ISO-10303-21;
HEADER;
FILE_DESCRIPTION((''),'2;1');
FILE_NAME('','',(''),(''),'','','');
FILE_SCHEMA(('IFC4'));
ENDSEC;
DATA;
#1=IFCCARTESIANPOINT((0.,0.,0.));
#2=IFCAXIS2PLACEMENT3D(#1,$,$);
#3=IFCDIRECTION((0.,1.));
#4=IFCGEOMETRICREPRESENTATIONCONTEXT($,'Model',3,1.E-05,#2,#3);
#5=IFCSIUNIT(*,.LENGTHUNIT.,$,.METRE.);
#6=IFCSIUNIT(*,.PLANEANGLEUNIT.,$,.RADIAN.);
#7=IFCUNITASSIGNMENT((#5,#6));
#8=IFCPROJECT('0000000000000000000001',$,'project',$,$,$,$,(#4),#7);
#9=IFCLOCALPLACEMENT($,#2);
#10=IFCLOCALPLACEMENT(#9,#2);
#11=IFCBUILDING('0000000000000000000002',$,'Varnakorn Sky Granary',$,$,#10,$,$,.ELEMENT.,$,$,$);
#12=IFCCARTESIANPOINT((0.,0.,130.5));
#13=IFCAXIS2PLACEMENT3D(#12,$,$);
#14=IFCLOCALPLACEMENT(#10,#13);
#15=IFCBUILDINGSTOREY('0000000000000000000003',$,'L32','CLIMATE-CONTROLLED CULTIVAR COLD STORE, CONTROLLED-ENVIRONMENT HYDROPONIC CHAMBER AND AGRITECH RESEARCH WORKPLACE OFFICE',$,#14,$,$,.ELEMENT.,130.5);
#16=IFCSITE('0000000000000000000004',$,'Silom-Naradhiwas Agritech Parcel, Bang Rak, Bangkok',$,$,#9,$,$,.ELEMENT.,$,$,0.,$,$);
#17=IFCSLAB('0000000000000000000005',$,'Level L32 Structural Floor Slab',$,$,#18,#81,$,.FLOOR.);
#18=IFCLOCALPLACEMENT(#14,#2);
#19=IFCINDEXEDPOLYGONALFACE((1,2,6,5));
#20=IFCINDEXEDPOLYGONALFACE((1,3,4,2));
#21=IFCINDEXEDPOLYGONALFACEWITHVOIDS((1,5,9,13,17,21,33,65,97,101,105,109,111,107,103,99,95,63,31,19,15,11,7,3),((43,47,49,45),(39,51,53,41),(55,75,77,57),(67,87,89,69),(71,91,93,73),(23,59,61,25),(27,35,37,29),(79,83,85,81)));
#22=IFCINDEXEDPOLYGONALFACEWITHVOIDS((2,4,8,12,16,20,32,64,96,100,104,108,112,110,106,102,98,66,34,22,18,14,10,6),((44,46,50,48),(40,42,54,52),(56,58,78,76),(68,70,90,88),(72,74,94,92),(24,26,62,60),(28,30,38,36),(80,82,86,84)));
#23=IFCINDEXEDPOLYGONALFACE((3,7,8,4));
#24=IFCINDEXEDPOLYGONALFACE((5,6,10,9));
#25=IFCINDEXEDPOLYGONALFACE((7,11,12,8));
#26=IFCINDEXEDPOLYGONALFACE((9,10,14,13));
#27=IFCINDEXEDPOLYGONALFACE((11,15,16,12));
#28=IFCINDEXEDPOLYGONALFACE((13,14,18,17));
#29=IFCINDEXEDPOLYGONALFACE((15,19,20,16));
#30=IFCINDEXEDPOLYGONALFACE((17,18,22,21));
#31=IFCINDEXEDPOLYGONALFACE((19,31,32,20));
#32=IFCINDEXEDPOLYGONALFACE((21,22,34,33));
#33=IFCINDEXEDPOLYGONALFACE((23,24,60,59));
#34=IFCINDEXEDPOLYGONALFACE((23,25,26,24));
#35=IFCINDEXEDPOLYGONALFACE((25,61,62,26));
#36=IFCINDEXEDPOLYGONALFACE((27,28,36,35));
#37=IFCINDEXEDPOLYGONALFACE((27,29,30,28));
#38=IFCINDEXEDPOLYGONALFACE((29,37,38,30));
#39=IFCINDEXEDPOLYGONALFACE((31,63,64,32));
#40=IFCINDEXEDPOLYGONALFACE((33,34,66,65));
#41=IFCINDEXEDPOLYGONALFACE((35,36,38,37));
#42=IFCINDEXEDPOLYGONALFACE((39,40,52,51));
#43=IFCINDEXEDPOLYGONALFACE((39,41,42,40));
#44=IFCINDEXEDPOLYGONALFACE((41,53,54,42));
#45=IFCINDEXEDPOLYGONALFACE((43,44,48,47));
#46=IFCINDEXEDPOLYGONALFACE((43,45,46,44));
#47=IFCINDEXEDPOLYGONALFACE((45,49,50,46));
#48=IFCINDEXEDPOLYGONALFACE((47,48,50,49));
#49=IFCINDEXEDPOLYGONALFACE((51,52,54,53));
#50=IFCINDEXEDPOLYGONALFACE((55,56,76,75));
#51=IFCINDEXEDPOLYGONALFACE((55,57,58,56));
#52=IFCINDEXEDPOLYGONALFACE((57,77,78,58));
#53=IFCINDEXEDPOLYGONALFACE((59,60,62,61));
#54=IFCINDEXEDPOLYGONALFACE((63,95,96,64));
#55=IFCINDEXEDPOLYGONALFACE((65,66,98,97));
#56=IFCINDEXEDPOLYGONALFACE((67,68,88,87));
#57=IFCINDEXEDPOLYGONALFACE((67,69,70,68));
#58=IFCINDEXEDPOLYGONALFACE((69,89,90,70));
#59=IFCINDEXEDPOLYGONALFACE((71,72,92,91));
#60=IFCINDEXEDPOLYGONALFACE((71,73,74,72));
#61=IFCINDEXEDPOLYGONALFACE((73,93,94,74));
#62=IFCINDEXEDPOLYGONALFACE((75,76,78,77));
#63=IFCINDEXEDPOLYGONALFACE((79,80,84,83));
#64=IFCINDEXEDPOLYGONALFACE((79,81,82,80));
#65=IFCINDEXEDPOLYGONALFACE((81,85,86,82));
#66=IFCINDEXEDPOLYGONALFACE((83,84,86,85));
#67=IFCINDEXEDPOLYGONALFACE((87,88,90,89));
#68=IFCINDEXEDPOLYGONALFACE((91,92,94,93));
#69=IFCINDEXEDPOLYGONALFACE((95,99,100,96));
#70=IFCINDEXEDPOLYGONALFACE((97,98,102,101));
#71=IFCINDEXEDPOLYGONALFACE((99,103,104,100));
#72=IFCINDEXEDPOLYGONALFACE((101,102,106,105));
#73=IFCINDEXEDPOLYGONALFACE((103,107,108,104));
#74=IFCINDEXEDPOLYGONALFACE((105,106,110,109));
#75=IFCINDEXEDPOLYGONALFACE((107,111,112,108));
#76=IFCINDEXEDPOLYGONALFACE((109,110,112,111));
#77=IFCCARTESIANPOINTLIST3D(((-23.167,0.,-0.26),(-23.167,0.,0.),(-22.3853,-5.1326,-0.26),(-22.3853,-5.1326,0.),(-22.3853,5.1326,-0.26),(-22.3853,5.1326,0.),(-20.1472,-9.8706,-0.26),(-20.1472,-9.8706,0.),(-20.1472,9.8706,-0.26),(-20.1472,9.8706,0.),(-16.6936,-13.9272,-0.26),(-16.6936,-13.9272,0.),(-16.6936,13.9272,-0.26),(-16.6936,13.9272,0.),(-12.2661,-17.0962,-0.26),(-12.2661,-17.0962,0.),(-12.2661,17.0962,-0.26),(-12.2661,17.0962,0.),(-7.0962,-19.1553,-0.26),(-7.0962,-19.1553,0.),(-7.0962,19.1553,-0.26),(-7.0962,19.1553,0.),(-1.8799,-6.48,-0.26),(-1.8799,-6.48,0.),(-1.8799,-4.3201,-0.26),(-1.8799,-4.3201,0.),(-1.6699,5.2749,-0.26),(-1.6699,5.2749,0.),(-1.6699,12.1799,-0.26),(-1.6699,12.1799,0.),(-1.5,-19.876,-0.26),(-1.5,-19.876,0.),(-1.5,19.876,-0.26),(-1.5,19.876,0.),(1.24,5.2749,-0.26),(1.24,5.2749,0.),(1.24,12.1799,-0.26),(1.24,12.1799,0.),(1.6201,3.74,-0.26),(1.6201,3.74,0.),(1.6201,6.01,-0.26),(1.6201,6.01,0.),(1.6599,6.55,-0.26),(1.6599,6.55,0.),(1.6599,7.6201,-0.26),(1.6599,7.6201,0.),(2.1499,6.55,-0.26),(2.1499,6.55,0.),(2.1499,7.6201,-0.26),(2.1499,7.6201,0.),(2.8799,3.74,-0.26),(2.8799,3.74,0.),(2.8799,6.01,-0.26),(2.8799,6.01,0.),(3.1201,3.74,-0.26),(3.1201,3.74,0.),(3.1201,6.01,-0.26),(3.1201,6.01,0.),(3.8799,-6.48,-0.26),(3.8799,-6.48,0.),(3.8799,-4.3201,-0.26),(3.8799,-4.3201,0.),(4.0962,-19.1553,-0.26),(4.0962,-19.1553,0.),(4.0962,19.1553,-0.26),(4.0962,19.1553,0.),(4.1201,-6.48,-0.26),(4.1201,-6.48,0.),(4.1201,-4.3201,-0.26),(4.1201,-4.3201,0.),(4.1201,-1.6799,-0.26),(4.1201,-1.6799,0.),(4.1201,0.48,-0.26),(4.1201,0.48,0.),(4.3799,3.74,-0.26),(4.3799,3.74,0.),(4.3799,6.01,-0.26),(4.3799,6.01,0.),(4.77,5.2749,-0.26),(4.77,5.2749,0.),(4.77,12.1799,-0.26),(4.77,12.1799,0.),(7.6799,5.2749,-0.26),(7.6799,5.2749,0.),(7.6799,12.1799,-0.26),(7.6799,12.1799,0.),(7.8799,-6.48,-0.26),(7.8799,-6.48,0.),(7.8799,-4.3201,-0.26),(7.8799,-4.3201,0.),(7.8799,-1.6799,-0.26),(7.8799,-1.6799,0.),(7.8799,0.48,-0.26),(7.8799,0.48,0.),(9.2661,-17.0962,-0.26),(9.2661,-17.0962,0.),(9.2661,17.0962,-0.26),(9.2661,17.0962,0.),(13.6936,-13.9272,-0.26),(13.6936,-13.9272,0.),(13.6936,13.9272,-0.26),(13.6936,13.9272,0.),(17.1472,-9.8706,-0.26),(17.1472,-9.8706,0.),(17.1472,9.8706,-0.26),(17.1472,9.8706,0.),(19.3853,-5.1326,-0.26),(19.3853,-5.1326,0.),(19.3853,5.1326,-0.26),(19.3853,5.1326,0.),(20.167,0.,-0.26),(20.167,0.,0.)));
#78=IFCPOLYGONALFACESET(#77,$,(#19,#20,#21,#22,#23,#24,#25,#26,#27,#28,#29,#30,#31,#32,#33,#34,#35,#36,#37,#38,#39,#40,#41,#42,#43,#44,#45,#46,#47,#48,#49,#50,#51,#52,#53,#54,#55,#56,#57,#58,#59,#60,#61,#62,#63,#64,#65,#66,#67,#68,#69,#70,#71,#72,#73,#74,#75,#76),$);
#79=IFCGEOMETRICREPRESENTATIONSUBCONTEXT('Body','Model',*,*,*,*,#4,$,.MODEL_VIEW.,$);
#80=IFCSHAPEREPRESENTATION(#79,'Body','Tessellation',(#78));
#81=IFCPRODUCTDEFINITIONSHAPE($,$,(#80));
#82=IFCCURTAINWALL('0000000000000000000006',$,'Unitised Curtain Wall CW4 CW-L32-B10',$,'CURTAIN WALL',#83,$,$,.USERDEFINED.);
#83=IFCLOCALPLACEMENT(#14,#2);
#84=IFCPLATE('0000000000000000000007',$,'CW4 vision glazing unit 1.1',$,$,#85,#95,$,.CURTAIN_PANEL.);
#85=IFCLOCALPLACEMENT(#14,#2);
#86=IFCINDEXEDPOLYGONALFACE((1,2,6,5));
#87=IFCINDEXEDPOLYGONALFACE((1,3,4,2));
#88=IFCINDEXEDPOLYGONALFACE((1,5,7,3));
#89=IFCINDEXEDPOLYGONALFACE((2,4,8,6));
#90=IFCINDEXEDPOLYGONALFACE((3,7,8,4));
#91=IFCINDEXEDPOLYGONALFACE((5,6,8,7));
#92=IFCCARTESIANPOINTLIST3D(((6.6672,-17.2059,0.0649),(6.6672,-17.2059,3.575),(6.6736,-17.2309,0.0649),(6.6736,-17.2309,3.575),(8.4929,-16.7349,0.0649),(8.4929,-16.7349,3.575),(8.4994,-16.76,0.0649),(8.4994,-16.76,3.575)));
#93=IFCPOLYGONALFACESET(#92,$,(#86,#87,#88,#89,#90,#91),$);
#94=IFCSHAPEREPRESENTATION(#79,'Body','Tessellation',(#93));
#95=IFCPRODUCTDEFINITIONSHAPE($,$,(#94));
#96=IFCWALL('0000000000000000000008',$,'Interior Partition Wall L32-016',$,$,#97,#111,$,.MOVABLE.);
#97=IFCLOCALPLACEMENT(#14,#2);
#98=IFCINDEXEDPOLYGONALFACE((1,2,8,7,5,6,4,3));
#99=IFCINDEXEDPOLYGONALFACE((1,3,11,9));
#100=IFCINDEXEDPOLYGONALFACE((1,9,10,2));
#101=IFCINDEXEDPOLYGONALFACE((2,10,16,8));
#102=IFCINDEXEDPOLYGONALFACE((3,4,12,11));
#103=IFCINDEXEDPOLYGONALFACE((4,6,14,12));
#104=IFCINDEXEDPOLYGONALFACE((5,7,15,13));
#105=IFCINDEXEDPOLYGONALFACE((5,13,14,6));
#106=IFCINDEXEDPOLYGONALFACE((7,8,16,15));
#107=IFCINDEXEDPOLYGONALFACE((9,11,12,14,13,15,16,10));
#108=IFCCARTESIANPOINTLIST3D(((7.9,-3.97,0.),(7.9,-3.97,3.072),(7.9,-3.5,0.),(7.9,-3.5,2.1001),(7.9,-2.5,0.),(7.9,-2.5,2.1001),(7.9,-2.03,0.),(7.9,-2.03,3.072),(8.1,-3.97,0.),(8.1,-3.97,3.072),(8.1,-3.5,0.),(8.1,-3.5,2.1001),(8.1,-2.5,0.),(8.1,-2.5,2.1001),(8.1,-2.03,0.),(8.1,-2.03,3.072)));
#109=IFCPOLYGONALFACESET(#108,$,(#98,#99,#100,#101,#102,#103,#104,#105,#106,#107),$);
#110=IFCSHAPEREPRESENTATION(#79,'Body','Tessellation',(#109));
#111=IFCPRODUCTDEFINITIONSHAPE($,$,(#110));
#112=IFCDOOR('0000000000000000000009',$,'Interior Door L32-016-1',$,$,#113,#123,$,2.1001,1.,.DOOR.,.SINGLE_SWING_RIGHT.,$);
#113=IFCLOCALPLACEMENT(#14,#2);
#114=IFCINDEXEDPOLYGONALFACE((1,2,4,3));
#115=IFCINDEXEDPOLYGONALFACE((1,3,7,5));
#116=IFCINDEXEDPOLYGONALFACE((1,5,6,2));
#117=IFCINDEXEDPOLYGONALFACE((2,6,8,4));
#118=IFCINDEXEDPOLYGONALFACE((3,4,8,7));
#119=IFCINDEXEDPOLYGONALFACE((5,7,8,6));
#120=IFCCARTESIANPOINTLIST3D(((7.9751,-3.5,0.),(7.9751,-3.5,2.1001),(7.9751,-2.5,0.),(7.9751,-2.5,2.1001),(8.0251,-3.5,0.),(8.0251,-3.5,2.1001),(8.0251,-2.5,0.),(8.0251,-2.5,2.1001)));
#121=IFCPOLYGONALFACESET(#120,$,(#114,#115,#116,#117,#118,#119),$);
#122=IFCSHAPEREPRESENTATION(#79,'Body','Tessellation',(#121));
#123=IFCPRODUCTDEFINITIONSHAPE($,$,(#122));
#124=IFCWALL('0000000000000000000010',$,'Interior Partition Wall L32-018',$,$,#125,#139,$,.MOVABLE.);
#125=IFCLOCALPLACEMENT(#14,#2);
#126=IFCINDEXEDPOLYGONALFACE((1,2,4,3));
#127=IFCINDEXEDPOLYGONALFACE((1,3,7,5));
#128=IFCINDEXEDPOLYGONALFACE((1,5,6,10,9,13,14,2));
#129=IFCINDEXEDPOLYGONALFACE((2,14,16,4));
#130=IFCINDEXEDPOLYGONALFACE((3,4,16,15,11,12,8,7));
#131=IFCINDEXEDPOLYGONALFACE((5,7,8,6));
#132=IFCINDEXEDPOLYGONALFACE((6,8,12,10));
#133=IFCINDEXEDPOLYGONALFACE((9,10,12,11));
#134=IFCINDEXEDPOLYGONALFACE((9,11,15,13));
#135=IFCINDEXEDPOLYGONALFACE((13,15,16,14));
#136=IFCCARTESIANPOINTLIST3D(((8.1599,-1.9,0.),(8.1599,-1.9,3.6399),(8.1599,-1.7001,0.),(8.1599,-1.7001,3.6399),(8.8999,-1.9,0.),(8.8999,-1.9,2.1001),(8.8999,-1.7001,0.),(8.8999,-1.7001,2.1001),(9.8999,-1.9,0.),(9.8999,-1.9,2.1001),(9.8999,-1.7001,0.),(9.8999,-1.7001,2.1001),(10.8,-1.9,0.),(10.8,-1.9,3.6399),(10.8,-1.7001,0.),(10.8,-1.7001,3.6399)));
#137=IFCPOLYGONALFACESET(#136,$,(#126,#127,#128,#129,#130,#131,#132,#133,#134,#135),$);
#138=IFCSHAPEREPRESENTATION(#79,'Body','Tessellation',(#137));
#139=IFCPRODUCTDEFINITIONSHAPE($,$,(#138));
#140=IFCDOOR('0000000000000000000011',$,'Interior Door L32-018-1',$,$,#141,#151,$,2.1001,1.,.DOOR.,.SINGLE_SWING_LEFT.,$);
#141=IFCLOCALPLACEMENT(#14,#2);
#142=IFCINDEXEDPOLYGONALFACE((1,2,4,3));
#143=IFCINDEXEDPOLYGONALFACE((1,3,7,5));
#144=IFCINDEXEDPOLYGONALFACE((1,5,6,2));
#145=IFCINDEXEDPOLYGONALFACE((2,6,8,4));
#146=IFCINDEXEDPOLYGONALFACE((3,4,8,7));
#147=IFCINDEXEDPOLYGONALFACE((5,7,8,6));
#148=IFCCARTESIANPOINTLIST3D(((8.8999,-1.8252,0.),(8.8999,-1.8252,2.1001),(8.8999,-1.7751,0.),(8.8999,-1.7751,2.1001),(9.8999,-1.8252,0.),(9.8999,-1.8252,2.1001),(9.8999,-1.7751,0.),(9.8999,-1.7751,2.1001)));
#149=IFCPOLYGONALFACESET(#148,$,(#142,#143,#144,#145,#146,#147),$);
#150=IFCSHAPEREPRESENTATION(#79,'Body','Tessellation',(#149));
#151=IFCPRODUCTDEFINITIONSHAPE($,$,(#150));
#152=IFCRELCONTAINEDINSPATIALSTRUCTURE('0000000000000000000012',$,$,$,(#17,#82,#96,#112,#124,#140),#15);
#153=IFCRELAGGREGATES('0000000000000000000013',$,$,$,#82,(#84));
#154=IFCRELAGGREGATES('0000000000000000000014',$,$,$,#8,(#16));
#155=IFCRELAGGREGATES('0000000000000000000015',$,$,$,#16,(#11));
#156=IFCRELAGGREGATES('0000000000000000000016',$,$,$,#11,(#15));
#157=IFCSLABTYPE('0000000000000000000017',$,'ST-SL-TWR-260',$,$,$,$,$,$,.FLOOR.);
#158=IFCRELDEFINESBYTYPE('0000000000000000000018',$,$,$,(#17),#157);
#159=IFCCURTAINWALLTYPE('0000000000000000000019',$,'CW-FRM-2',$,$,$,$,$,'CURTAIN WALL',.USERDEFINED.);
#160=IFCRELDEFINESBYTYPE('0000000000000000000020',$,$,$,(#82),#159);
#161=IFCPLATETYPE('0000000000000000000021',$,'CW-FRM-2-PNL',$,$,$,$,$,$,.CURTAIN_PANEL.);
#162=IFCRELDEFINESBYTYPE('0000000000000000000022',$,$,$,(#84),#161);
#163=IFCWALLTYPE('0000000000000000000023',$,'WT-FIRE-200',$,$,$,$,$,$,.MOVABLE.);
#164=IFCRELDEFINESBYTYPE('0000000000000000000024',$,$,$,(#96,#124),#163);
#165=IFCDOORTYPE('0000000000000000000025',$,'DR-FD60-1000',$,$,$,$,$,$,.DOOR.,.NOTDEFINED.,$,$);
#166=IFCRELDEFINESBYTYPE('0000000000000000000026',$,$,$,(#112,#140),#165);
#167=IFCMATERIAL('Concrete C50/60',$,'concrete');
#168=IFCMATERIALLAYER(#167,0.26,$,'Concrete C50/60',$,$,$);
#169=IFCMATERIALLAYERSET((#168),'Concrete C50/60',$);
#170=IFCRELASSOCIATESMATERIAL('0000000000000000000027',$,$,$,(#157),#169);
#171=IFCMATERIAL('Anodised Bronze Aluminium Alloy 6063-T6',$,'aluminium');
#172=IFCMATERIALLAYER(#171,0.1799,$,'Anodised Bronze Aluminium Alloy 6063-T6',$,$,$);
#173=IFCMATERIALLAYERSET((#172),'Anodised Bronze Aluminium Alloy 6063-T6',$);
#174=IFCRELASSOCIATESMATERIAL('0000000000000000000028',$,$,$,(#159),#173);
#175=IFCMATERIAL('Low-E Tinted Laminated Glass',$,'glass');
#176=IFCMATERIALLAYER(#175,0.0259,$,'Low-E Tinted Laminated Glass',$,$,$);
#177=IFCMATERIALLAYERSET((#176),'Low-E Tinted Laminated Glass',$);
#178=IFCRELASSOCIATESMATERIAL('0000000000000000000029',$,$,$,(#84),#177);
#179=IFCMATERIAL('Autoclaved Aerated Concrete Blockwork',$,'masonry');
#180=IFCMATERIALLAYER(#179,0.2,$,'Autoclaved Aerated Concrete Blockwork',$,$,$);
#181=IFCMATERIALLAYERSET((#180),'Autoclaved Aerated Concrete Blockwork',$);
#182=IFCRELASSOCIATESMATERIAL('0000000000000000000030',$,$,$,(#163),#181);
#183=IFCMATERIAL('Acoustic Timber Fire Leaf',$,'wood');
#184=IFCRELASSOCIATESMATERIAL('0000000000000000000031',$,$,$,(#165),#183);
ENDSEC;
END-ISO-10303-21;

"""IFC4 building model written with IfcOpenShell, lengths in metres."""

from ifc_helpers import new_model, si_unit, direction, frame, frame_2d, origin, origin_2d, place, context, subcontext, project, spatial, polyline, rectangle, outline, extrude, source, transform, mapped, material, layer, layer_set, type_object, type_shapes, element, fill, aggregate, save


model = new_model("IFC4")

# Units and contexts
model_context = context("Model", 3, precision=1e-05, world=origin(), true_north=direction((0.0, 1.0)))
body_context = subcontext(model_context, "Body", "Model", "MODEL_VIEW")
ifc_project = project(units=[si_unit("LENGTHUNIT", "METRE"), si_unit("PLANEANGLEUNIT", "RADIAN")], contexts=[model_context])

# Site, building, storey
site_placement = place(None, origin())
site = spatial("IfcSite", under=ifc_project, at=site_placement, Name="Silom-Naradhiwas Agritech Parcel, Bang Rak, Bangkok", CompositionType="ELEMENT", RefElevation=0.0)
building_placement = place(site_placement, origin())
building = spatial("IfcBuilding", under=site, at=building_placement, Name="Varnakorn Sky Granary", CompositionType="ELEMENT")
storey_placement = place(building_placement, frame((0.0, 0.0, 130.5)))
storey = spatial("IfcBuildingStorey", under=building, at=storey_placement, Name="L32", Description="CLIMATE-CONTROLLED CULTIVAR COLD STORE, CONTROLLED-ENVIRONMENT HYDROPONIC CHAMBER AND AGRITECH RESEARCH WORKPLACE OFFICE", CompositionType="ELEMENT", Elevation=130.5)

# Shared definitions
ifc_material_1 = material(Name="Concrete C50/60", Category="concrete")

# Slab
ifc_layer_1 = layer(ifc_material_1, 0.26, Name="Concrete C50/60")
ifc_layer_set_1 = layer_set([ifc_layer_1], Name="Concrete C50/60")
slab_type_1 = type_object("IfcSlabType", Name="ST-SL-TWR-260", PredefinedType="FLOOR", material=ifc_layer_set_1)
slab_1_placement = place(storey_placement, frame((0.0, 0.0, -0.26)))
element("IfcSlab", 1, at=slab_1_placement, inside=storey, type_object=slab_type_1, Name="Level L32 Structural Floor Slab", PredefinedType="FLOOR", context=body_context, shape_type="SweptSolid", body=[
    extrude(outline(polyline([(20.167, 0.0), (19.3853, 5.1326), (17.1472, 9.8706), (13.6936, 13.9272), (9.2661, 17.0962), (4.0962, 19.1553), (-1.5, 19.876), (-7.0962, 19.1553), (-12.2661, 17.0962), (-16.6936, 13.9272), (-20.1472, 9.8706), (-22.3853, 5.1326), (-23.167, 0.0), (-22.3853, -5.1326), (-20.1472, -9.8706), (-16.6936, -13.9272), (-12.2661, -17.0962), (-7.0962, -19.1553), (-1.5, -19.876), (4.0962, -19.1553), (9.2661, -17.0962), (13.6936, -13.9272), (17.1472, -9.8706), (19.3853, -5.1326), (20.167, 0.0)]), holes=[polyline([(1.24, 5.2749), (1.24, 12.1799), (-1.6699, 12.1799), (-1.6699, 5.2749), (1.24, 5.2749)]), polyline([(7.6799, 5.2749), (7.6799, 12.1799), (4.77, 12.1799), (4.77, 5.2749), (7.6799, 5.2749)]), polyline([(1.6599, 6.55), (2.1499, 6.55), (2.1499, 7.6201), (1.6599, 7.6201), (1.6599, 6.55)]), polyline([(1.6201, 3.74), (2.8799, 3.74), (2.8799, 6.01), (1.6201, 6.01), (1.6201, 3.74)]), polyline([(3.1201, 3.74), (4.3799, 3.74), (4.3799, 6.01), (3.1201, 6.01), (3.1201, 3.74)]), polyline([(4.1201, -1.6799), (7.8799, -1.6799), (7.8799, 0.48), (4.1201, 0.48), (4.1201, -1.6799)]), polyline([(-1.8799, -6.48), (3.8799, -6.48), (3.8799, -4.3201), (-1.8799, -4.3201), (-1.8799, -6.48)]), polyline([(4.1201, -6.48), (7.8799, -6.48), (7.8799, -4.3201), (4.1201, -4.3201), (4.1201, -6.48)])]), origin(), (0.0, 0.0, 1.0), 0.26),
])

# Curtain wall, plate
ifc_material_2 = material(Name="Anodised Bronze Aluminium Alloy 6063-T6", Category="aluminium")
ifc_layer_2 = layer(ifc_material_2, 0.1799, Name="Anodised Bronze Aluminium Alloy 6063-T6")
ifc_layer_set_2 = layer_set([ifc_layer_2], Name="Anodised Bronze Aluminium Alloy 6063-T6")
curtain_wall_type = type_object("IfcCurtainWallType", Name="CW-FRM-2", ElementType="CURTAIN WALL", PredefinedType="USERDEFINED", material=ifc_layer_set_2)
curtain_wall_placement = place(storey_placement, origin())
curtain_wall = element("IfcCurtainWall", 2, at=curtain_wall_placement, inside=storey, type_object=curtain_wall_type, Name="Unitised Curtain Wall CW4 CW-L32-B10", ObjectType="CURTAIN WALL", PredefinedType="USERDEFINED")
ifc_material_3 = material(Name="Low-E Tinted Laminated Glass", Category="glass")
ifc_layer_3 = layer(ifc_material_3, 0.0259, Name="Low-E Tinted Laminated Glass")
ifc_layer_set_3 = layer_set([ifc_layer_3], Name="Low-E Tinted Laminated Glass")
plate_type = type_object("IfcPlateType", Name="CW-FRM-2-PNL", PredefinedType="CURTAIN_PANEL")
shared_shape = source(origin(), body_context, "Body", "SweptSolid", [
    extrude(rectangle(XDim=1.8855, YDim=0.0259, at=origin_2d()), origin(), (0.0, 0.0, 1.0), 3.51),
])
type_shapes(plate_type, [shared_shape])
plate_placement = place(storey_placement, frame((7.5833, -16.9829, 0.0649), z_axis=(0.0, 0.0, 1.0), x_axis=(-0.968303, -0.249777, 0.0)))
plate = element("IfcPlate", 3, at=plate_placement, type_object=plate_type, material=ifc_layer_set_3, Name="CW4 vision glazing unit 1.1", PredefinedType="CURTAIN_PANEL", context=body_context, shape_type="MappedRepresentation", body=[
    mapped(shared_shape, transform((0.0, 0.0, 0.0), x_axis=(1.0, 0.0, 0.0), y_axis=(0.0, 1.0, 0.0), z_axis=(0.0, 0.0, 1.0), scale=1.0)),
])
aggregate(curtain_wall, [plate])

# Walls, openings, doors
ifc_material_4 = material(Name="Autoclaved Aerated Concrete Blockwork", Category="masonry")
ifc_layer_4 = layer(ifc_material_4, 0.2, Name="Autoclaved Aerated Concrete Blockwork")
ifc_layer_set_4 = layer_set([ifc_layer_4], Name="Autoclaved Aerated Concrete Blockwork")
wall_type_1 = type_object("IfcWallType", Name="WT-FIRE-200", PredefinedType="MOVABLE", material=ifc_layer_set_4)
wall_1_placement = place(storey_placement, frame((8.0, -3.97, 0.0), z_axis=(0.0, 0.0, 1.0), x_axis=(0.0, 1.0, 0.0)))
wall_1 = element("IfcWall", 4, at=wall_1_placement, inside=storey, type_object=wall_type_1, Name="Interior Partition Wall L32-016", PredefinedType="MOVABLE", context=body_context, shape_type="SweptSolid", body=[
    extrude(rectangle(XDim=1.9399, YDim=0.2, at=frame_2d((0.97, 0.0))), origin(), (0.0, 0.0, 1.0), 3.072),
])
opening_1_placement = place(wall_1_placement, frame((0.47, 0.0, 0.0)))
opening_1 = element("IfcOpeningElement", 5, at=opening_1_placement, cuts=wall_1, PredefinedType="OPENING", context=body_context, shape_type="SweptSolid", body=[
    extrude(rectangle(XDim=1.0, YDim=2.1001, at=frame_2d((0.5, 1.05))), frame((0.0, 0.1099, 0.0), z_axis=(0.0, -1.0, 0.0), x_axis=(1.0, 0.0, 0.0)), (0.0, 0.0, 1.0), 0.22),
])
ifc_material_5 = material(Name="Acoustic Timber Fire Leaf", Category="wood")
door_type_1 = type_object("IfcDoorType", Name="DR-FD60-1000", OperationType="NOTDEFINED", PredefinedType="DOOR", material=ifc_material_5)
door_1_placement = place(opening_1_placement, origin())
door_1 = element("IfcDoor", 6, at=door_1_placement, inside=storey, type_object=door_type_1, Name="Interior Door L32-016-1", OperationType="SINGLE_SWING_RIGHT", OverallHeight=2.1001, OverallWidth=1.0, PredefinedType="DOOR", context=body_context, shape_type="SweptSolid", body=[
    extrude(rectangle(XDim=1.0, YDim=2.1001, at=frame_2d((0.5, 1.05))), frame((0.0, 0.0249, 0.0), z_axis=(0.0, -1.0, 0.0), x_axis=(1.0, 0.0, 0.0)), (0.0, 0.0, 1.0), 0.05),
])
fill(opening_1, door_1)
wall_2_placement = place(storey_placement, frame((8.1599, -1.8, 0.0), z_axis=(0.0, 0.0, 1.0), x_axis=(1.0, 0.0, 0.0)))
wall_2 = element("IfcWall", 7, at=wall_2_placement, inside=storey, type_object=wall_type_1, Name="Interior Partition Wall L32-018", PredefinedType="MOVABLE", context=body_context, shape_type="SweptSolid", body=[
    extrude(rectangle(XDim=2.6401, YDim=0.2, at=frame_2d((1.3201, 0.0))), origin(), (0.0, 0.0, 1.0), 3.6399),
])
opening_2_placement = place(wall_2_placement, frame((0.74, 0.0, 0.0)))
opening_2 = element("IfcOpeningElement", 8, at=opening_2_placement, cuts=wall_2, PredefinedType="OPENING", context=body_context, shape_type="SweptSolid", body=[
    extrude(rectangle(XDim=1.0, YDim=2.1001, at=frame_2d((0.5, 1.05))), frame((0.0, 0.1099, 0.0), z_axis=(0.0, -1.0, 0.0), x_axis=(1.0, 0.0, 0.0)), (0.0, 0.0, 1.0), 0.22),
])
door_2_placement = place(opening_2_placement, origin())
door_2 = element("IfcDoor", 9, at=door_2_placement, inside=storey, type_object=door_type_1, Name="Interior Door L32-018-1", OperationType="SINGLE_SWING_LEFT", OverallHeight=2.1001, OverallWidth=1.0, PredefinedType="DOOR", context=body_context, shape_type="SweptSolid", body=[
    extrude(rectangle(XDim=1.0, YDim=2.1001, at=frame_2d((0.5, 1.05))), frame((0.0, 0.0249, 0.0), z_axis=(0.0, -1.0, 0.0), x_axis=(1.0, 0.0, 0.0)), (0.0, 0.0, 1.0), 0.05),
])
fill(opening_2, door_2)

save(model, "model.ifc")
